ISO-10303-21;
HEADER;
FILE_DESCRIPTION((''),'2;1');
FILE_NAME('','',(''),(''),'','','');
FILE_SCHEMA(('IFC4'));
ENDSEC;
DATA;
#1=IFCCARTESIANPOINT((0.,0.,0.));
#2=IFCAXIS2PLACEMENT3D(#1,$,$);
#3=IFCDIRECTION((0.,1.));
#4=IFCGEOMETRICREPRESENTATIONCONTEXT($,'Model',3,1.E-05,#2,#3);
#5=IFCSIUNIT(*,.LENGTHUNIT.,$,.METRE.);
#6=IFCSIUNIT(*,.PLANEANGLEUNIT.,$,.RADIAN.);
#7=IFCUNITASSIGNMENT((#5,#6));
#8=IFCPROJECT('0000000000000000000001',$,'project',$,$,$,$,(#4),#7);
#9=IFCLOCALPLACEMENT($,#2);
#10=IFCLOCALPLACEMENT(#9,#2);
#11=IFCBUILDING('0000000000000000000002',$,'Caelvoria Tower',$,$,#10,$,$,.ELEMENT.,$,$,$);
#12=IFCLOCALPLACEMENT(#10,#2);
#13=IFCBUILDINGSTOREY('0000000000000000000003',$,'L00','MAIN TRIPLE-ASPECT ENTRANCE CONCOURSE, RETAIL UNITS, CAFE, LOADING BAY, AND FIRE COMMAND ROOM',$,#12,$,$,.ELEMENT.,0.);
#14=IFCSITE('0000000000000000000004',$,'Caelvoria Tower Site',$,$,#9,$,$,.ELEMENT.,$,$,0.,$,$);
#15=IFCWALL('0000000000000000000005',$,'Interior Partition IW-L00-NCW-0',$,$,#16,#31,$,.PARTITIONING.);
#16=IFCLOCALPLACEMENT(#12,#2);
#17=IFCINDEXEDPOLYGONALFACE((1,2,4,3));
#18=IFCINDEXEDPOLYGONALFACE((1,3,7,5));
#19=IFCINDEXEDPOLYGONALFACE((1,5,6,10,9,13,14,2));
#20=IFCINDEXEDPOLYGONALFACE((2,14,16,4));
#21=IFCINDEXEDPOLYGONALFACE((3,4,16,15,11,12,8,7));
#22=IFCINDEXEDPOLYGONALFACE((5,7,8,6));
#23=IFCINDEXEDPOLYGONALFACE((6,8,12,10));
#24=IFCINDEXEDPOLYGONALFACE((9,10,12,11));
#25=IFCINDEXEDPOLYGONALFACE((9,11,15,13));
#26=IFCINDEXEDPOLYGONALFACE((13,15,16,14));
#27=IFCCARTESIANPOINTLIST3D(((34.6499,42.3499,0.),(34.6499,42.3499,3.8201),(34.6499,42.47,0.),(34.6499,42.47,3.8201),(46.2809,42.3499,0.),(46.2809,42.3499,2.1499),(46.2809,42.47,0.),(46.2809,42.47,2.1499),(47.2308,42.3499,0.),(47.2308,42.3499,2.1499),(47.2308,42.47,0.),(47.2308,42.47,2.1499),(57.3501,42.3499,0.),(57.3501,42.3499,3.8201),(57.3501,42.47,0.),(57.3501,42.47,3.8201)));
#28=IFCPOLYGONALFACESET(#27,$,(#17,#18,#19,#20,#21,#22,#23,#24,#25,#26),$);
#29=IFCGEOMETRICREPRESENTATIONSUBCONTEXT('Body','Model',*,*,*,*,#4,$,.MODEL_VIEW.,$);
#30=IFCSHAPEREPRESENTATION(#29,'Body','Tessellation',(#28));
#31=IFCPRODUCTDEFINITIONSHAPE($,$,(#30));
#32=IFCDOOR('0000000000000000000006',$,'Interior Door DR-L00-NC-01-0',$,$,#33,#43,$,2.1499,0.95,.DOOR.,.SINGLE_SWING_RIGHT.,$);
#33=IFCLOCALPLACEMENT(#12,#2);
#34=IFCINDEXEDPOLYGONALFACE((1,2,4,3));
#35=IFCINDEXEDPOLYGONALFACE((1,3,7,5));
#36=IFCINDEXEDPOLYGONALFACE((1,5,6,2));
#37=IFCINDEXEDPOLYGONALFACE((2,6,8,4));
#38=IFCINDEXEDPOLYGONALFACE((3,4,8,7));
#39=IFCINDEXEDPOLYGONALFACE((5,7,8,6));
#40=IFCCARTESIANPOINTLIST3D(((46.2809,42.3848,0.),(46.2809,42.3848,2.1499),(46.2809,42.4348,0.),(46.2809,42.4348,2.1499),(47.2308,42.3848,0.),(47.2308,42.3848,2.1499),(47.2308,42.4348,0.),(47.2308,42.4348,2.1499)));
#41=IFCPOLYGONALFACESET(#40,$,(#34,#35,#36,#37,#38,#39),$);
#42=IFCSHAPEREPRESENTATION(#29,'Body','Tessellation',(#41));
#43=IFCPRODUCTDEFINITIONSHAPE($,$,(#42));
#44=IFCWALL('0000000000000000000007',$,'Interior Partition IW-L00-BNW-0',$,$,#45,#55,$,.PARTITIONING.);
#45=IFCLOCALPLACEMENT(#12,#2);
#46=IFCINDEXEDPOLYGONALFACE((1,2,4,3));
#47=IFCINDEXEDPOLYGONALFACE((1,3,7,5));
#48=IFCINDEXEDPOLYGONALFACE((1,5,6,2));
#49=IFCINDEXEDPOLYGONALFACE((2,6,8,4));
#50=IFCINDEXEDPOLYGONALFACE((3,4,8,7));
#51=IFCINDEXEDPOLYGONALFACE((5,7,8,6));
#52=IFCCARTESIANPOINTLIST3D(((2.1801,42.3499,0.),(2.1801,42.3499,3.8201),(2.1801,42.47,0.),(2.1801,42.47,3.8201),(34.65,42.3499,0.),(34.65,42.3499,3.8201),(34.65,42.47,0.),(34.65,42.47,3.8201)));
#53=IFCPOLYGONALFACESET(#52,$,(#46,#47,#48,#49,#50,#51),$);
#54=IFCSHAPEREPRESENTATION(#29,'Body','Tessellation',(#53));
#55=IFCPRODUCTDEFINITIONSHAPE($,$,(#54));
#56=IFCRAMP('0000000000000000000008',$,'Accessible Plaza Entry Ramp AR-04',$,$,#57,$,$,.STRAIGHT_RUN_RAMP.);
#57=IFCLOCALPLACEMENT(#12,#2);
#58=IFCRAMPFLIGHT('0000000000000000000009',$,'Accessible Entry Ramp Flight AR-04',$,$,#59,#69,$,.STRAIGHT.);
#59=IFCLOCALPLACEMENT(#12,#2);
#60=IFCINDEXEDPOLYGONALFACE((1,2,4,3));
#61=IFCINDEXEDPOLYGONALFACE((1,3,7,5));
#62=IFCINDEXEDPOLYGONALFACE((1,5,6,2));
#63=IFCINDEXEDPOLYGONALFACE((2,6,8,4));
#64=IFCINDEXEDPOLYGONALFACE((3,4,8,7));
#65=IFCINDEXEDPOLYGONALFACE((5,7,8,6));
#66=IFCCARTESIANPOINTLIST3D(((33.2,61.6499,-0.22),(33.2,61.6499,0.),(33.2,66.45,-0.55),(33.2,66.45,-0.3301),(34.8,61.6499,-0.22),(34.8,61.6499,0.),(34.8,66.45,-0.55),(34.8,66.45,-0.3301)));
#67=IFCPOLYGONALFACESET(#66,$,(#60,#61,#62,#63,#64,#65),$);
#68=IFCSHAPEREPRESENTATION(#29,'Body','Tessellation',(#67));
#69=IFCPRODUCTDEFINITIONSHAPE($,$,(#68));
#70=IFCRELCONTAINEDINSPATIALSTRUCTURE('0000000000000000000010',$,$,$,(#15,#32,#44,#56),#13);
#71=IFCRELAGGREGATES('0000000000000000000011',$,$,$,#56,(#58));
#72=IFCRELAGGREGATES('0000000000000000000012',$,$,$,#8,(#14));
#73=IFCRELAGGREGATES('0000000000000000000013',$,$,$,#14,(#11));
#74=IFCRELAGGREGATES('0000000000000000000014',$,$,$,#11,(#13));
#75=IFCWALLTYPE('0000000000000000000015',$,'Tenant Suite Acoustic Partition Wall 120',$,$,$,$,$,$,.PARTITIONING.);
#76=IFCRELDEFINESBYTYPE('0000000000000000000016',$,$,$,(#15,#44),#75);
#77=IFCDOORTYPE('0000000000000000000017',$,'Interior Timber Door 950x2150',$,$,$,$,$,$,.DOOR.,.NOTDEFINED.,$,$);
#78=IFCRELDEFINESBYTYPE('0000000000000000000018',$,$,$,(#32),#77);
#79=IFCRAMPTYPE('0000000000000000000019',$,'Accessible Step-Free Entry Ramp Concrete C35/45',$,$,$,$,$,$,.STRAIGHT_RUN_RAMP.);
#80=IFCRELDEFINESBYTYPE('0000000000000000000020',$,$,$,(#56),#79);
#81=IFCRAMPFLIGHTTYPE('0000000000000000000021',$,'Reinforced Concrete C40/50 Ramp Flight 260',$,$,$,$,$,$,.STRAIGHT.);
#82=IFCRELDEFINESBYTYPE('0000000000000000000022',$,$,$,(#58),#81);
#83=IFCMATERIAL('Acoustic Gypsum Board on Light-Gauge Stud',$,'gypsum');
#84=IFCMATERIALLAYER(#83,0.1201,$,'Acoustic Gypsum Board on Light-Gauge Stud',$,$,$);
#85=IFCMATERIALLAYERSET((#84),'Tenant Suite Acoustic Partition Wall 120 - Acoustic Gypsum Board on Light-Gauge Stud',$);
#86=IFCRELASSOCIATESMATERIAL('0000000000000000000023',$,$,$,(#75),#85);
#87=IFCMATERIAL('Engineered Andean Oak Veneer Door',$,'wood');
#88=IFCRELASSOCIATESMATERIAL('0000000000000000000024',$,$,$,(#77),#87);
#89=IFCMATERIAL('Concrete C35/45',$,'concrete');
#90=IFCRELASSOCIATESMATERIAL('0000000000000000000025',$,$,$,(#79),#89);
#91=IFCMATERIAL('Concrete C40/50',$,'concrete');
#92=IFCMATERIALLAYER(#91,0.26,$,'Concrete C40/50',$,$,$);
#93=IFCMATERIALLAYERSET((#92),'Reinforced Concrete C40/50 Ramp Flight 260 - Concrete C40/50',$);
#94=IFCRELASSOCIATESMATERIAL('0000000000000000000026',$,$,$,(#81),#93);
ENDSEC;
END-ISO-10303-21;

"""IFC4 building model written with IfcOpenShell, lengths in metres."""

from ifc_helpers import new_model, si_unit, direction, frame, frame_2d, origin, place, context, subcontext, project, spatial, polyline, rectangle, outline, extrude, material, layer, layer_set, type_object, element, fill, aggregate, save


model = new_model("IFC4")

# Units and contexts
model_context = context("Model", 3, precision=1e-05, world=origin(), true_north=direction((0.0, 1.0)))
body_context = subcontext(model_context, "Body", "Model", "MODEL_VIEW")
ifc_project = project(units=[si_unit("LENGTHUNIT", "METRE"), si_unit("PLANEANGLEUNIT", "RADIAN")], contexts=[model_context])

# Site, building, storey
site_placement = place(None, origin())
site = spatial("IfcSite", under=ifc_project, at=site_placement, Name="Caelvoria Tower Site", CompositionType="ELEMENT", RefElevation=0.0)
building_placement = place(site_placement, origin())
building = spatial("IfcBuilding", under=site, at=building_placement, Name="Caelvoria Tower", CompositionType="ELEMENT")
storey_placement = place(building_placement, origin())
storey = spatial("IfcBuildingStorey", under=building, at=storey_placement, Name="L00", Description="MAIN TRIPLE-ASPECT ENTRANCE CONCOURSE, RETAIL UNITS, CAFE, LOADING BAY, AND FIRE COMMAND ROOM", CompositionType="ELEMENT", Elevation=0.0)

# Wall, opening, door
ifc_material_1 = material(Name="Acoustic Gypsum Board on Light-Gauge Stud", Category="gypsum")
ifc_layer_1 = layer(ifc_material_1, 0.1201, Name="Acoustic Gypsum Board on Light-Gauge Stud")
ifc_layer_set_1 = layer_set([ifc_layer_1], Name="Tenant Suite Acoustic Partition Wall 120 - Acoustic Gypsum Board on Light-Gauge Stud")
wall_type = type_object("IfcWallType", Name="Tenant Suite Acoustic Partition Wall 120", PredefinedType="PARTITIONING", material=ifc_layer_set_1)
ifc_material_2 = material(Name="Engineered Andean Oak Veneer Door", Category="wood")
wall_1_placement = place(storey_placement, frame((34.6499, 42.4099, 0.0), z_axis=(0.0, 0.0, 1.0), x_axis=(1.0, 0.0, 0.0)))
wall_1 = element("IfcWall", 1, at=wall_1_placement, inside=storey, type_object=wall_type, Name="Interior Partition IW-L00-NCW-0", PredefinedType="PARTITIONING", context=body_context, shape_type="SweptSolid", body=[
    extrude(rectangle(XDim=22.7002, YDim=0.1201, at=frame_2d((11.3501, 0.0))), origin(), (0.0, 0.0, 1.0), 3.8201),
])
opening_1_placement = place(wall_1_placement, frame((11.6309, 0.0, 0.0)))
opening_1 = element("IfcOpeningElement", 2, at=opening_1_placement, cuts=wall_1, PredefinedType="OPENING", context=body_context, shape_type="SweptSolid", body=[
    extrude(rectangle(XDim=0.95, YDim=2.1499, at=frame_2d((0.4751, 1.075))), frame((0.0, 0.0701, 0.0), z_axis=(0.0, -1.0, 0.0), x_axis=(1.0, 0.0, 0.0)), (0.0, 0.0, 1.0), 0.1401),
])
door_type_1 = type_object("IfcDoorType", Name="Interior Timber Door 950x2150", OperationType="NOTDEFINED", PredefinedType="DOOR", material=ifc_material_2)
door_1_placement = place(opening_1_placement, origin())
door_1 = element("IfcDoor", 3, at=door_1_placement, inside=storey, type_object=door_type_1, Name="Interior Door DR-L00-NC-01-0", OperationType="SINGLE_SWING_RIGHT", OverallHeight=2.1499, OverallWidth=0.95, PredefinedType="DOOR", context=body_context, shape_type="SweptSolid", body=[
    extrude(rectangle(XDim=0.95, YDim=2.1499, at=frame_2d((0.4751, 1.075))), frame((0.0, 0.0249, 0.0), z_axis=(0.0, -1.0, 0.0), x_axis=(1.0, 0.0, 0.0)), (0.0, 0.0, 1.0), 0.05),
])
fill(opening_1, door_1)

# Wall
wall_2_placement = place(storey_placement, frame((34.6499, 42.4099, 0.0), z_axis=(0.0, 0.0, 1.0), x_axis=(-1.0, 0.0, 0.0)))
element("IfcWall", 4, at=wall_2_placement, inside=storey, type_object=wall_type, Name="Interior Partition IW-L00-BNW-0", PredefinedType="PARTITIONING", context=body_context, shape_type="SweptSolid", body=[
    extrude(rectangle(XDim=32.47, YDim=0.1201, at=frame_2d((16.2349, 0.0))), origin(), (0.0, 0.0, 1.0), 3.8201),
])

# Ramp, ramp flight
ifc_material_3 = material(Name="Concrete C35/45", Category="concrete")
ramp_type = type_object("IfcRampType", Name="Accessible Step-Free Entry Ramp Concrete C35/45", PredefinedType="STRAIGHT_RUN_RAMP", material=ifc_material_3)
ramp_placement = place(storey_placement, origin())
ramp = element("IfcRamp", 5, at=ramp_placement, inside=storey, type_object=ramp_type, Name="Accessible Plaza Entry Ramp AR-04", PredefinedType="STRAIGHT_RUN_RAMP")
ifc_material_4 = material(Name="Concrete C40/50", Category="concrete")
ifc_layer_2 = layer(ifc_material_4, 0.26, Name="Concrete C40/50")
ifc_layer_set_2 = layer_set([ifc_layer_2], Name="Reinforced Concrete C40/50 Ramp Flight 260 - Concrete C40/50")
ramp_flight_type = type_object("IfcRampFlightType", Name="Reinforced Concrete C40/50 Ramp Flight 260", PredefinedType="STRAIGHT", material=ifc_layer_set_2)
ramp_flight_placement = place(storey_placement, frame((34.0, 66.45, -0.3301), z_axis=(0.0, 0.0, 1.0), x_axis=(0.0, -1.0, 0.0)))
ramp_flight = element("IfcRampFlight", 6, at=ramp_flight_placement, type_object=ramp_flight_type, Name="Accessible Entry Ramp Flight AR-04", PredefinedType="STRAIGHT", context=body_context, shape_type="SweptSolid", body=[
    extrude(outline(polyline([(0.0, 0.0), (4.8, 0.3301), (4.8, 0.1101), (0.0, -0.22), (0.0, 0.0)])), frame((0.0, 0.8, 0.0), z_axis=(0.0, -1.0, 0.0), x_axis=(1.0, 0.0, 0.0)), (0.0, 0.0, 1.0), 1.6001),
])
aggregate(ramp, [ramp_flight])

save(model, "model.ifc")
